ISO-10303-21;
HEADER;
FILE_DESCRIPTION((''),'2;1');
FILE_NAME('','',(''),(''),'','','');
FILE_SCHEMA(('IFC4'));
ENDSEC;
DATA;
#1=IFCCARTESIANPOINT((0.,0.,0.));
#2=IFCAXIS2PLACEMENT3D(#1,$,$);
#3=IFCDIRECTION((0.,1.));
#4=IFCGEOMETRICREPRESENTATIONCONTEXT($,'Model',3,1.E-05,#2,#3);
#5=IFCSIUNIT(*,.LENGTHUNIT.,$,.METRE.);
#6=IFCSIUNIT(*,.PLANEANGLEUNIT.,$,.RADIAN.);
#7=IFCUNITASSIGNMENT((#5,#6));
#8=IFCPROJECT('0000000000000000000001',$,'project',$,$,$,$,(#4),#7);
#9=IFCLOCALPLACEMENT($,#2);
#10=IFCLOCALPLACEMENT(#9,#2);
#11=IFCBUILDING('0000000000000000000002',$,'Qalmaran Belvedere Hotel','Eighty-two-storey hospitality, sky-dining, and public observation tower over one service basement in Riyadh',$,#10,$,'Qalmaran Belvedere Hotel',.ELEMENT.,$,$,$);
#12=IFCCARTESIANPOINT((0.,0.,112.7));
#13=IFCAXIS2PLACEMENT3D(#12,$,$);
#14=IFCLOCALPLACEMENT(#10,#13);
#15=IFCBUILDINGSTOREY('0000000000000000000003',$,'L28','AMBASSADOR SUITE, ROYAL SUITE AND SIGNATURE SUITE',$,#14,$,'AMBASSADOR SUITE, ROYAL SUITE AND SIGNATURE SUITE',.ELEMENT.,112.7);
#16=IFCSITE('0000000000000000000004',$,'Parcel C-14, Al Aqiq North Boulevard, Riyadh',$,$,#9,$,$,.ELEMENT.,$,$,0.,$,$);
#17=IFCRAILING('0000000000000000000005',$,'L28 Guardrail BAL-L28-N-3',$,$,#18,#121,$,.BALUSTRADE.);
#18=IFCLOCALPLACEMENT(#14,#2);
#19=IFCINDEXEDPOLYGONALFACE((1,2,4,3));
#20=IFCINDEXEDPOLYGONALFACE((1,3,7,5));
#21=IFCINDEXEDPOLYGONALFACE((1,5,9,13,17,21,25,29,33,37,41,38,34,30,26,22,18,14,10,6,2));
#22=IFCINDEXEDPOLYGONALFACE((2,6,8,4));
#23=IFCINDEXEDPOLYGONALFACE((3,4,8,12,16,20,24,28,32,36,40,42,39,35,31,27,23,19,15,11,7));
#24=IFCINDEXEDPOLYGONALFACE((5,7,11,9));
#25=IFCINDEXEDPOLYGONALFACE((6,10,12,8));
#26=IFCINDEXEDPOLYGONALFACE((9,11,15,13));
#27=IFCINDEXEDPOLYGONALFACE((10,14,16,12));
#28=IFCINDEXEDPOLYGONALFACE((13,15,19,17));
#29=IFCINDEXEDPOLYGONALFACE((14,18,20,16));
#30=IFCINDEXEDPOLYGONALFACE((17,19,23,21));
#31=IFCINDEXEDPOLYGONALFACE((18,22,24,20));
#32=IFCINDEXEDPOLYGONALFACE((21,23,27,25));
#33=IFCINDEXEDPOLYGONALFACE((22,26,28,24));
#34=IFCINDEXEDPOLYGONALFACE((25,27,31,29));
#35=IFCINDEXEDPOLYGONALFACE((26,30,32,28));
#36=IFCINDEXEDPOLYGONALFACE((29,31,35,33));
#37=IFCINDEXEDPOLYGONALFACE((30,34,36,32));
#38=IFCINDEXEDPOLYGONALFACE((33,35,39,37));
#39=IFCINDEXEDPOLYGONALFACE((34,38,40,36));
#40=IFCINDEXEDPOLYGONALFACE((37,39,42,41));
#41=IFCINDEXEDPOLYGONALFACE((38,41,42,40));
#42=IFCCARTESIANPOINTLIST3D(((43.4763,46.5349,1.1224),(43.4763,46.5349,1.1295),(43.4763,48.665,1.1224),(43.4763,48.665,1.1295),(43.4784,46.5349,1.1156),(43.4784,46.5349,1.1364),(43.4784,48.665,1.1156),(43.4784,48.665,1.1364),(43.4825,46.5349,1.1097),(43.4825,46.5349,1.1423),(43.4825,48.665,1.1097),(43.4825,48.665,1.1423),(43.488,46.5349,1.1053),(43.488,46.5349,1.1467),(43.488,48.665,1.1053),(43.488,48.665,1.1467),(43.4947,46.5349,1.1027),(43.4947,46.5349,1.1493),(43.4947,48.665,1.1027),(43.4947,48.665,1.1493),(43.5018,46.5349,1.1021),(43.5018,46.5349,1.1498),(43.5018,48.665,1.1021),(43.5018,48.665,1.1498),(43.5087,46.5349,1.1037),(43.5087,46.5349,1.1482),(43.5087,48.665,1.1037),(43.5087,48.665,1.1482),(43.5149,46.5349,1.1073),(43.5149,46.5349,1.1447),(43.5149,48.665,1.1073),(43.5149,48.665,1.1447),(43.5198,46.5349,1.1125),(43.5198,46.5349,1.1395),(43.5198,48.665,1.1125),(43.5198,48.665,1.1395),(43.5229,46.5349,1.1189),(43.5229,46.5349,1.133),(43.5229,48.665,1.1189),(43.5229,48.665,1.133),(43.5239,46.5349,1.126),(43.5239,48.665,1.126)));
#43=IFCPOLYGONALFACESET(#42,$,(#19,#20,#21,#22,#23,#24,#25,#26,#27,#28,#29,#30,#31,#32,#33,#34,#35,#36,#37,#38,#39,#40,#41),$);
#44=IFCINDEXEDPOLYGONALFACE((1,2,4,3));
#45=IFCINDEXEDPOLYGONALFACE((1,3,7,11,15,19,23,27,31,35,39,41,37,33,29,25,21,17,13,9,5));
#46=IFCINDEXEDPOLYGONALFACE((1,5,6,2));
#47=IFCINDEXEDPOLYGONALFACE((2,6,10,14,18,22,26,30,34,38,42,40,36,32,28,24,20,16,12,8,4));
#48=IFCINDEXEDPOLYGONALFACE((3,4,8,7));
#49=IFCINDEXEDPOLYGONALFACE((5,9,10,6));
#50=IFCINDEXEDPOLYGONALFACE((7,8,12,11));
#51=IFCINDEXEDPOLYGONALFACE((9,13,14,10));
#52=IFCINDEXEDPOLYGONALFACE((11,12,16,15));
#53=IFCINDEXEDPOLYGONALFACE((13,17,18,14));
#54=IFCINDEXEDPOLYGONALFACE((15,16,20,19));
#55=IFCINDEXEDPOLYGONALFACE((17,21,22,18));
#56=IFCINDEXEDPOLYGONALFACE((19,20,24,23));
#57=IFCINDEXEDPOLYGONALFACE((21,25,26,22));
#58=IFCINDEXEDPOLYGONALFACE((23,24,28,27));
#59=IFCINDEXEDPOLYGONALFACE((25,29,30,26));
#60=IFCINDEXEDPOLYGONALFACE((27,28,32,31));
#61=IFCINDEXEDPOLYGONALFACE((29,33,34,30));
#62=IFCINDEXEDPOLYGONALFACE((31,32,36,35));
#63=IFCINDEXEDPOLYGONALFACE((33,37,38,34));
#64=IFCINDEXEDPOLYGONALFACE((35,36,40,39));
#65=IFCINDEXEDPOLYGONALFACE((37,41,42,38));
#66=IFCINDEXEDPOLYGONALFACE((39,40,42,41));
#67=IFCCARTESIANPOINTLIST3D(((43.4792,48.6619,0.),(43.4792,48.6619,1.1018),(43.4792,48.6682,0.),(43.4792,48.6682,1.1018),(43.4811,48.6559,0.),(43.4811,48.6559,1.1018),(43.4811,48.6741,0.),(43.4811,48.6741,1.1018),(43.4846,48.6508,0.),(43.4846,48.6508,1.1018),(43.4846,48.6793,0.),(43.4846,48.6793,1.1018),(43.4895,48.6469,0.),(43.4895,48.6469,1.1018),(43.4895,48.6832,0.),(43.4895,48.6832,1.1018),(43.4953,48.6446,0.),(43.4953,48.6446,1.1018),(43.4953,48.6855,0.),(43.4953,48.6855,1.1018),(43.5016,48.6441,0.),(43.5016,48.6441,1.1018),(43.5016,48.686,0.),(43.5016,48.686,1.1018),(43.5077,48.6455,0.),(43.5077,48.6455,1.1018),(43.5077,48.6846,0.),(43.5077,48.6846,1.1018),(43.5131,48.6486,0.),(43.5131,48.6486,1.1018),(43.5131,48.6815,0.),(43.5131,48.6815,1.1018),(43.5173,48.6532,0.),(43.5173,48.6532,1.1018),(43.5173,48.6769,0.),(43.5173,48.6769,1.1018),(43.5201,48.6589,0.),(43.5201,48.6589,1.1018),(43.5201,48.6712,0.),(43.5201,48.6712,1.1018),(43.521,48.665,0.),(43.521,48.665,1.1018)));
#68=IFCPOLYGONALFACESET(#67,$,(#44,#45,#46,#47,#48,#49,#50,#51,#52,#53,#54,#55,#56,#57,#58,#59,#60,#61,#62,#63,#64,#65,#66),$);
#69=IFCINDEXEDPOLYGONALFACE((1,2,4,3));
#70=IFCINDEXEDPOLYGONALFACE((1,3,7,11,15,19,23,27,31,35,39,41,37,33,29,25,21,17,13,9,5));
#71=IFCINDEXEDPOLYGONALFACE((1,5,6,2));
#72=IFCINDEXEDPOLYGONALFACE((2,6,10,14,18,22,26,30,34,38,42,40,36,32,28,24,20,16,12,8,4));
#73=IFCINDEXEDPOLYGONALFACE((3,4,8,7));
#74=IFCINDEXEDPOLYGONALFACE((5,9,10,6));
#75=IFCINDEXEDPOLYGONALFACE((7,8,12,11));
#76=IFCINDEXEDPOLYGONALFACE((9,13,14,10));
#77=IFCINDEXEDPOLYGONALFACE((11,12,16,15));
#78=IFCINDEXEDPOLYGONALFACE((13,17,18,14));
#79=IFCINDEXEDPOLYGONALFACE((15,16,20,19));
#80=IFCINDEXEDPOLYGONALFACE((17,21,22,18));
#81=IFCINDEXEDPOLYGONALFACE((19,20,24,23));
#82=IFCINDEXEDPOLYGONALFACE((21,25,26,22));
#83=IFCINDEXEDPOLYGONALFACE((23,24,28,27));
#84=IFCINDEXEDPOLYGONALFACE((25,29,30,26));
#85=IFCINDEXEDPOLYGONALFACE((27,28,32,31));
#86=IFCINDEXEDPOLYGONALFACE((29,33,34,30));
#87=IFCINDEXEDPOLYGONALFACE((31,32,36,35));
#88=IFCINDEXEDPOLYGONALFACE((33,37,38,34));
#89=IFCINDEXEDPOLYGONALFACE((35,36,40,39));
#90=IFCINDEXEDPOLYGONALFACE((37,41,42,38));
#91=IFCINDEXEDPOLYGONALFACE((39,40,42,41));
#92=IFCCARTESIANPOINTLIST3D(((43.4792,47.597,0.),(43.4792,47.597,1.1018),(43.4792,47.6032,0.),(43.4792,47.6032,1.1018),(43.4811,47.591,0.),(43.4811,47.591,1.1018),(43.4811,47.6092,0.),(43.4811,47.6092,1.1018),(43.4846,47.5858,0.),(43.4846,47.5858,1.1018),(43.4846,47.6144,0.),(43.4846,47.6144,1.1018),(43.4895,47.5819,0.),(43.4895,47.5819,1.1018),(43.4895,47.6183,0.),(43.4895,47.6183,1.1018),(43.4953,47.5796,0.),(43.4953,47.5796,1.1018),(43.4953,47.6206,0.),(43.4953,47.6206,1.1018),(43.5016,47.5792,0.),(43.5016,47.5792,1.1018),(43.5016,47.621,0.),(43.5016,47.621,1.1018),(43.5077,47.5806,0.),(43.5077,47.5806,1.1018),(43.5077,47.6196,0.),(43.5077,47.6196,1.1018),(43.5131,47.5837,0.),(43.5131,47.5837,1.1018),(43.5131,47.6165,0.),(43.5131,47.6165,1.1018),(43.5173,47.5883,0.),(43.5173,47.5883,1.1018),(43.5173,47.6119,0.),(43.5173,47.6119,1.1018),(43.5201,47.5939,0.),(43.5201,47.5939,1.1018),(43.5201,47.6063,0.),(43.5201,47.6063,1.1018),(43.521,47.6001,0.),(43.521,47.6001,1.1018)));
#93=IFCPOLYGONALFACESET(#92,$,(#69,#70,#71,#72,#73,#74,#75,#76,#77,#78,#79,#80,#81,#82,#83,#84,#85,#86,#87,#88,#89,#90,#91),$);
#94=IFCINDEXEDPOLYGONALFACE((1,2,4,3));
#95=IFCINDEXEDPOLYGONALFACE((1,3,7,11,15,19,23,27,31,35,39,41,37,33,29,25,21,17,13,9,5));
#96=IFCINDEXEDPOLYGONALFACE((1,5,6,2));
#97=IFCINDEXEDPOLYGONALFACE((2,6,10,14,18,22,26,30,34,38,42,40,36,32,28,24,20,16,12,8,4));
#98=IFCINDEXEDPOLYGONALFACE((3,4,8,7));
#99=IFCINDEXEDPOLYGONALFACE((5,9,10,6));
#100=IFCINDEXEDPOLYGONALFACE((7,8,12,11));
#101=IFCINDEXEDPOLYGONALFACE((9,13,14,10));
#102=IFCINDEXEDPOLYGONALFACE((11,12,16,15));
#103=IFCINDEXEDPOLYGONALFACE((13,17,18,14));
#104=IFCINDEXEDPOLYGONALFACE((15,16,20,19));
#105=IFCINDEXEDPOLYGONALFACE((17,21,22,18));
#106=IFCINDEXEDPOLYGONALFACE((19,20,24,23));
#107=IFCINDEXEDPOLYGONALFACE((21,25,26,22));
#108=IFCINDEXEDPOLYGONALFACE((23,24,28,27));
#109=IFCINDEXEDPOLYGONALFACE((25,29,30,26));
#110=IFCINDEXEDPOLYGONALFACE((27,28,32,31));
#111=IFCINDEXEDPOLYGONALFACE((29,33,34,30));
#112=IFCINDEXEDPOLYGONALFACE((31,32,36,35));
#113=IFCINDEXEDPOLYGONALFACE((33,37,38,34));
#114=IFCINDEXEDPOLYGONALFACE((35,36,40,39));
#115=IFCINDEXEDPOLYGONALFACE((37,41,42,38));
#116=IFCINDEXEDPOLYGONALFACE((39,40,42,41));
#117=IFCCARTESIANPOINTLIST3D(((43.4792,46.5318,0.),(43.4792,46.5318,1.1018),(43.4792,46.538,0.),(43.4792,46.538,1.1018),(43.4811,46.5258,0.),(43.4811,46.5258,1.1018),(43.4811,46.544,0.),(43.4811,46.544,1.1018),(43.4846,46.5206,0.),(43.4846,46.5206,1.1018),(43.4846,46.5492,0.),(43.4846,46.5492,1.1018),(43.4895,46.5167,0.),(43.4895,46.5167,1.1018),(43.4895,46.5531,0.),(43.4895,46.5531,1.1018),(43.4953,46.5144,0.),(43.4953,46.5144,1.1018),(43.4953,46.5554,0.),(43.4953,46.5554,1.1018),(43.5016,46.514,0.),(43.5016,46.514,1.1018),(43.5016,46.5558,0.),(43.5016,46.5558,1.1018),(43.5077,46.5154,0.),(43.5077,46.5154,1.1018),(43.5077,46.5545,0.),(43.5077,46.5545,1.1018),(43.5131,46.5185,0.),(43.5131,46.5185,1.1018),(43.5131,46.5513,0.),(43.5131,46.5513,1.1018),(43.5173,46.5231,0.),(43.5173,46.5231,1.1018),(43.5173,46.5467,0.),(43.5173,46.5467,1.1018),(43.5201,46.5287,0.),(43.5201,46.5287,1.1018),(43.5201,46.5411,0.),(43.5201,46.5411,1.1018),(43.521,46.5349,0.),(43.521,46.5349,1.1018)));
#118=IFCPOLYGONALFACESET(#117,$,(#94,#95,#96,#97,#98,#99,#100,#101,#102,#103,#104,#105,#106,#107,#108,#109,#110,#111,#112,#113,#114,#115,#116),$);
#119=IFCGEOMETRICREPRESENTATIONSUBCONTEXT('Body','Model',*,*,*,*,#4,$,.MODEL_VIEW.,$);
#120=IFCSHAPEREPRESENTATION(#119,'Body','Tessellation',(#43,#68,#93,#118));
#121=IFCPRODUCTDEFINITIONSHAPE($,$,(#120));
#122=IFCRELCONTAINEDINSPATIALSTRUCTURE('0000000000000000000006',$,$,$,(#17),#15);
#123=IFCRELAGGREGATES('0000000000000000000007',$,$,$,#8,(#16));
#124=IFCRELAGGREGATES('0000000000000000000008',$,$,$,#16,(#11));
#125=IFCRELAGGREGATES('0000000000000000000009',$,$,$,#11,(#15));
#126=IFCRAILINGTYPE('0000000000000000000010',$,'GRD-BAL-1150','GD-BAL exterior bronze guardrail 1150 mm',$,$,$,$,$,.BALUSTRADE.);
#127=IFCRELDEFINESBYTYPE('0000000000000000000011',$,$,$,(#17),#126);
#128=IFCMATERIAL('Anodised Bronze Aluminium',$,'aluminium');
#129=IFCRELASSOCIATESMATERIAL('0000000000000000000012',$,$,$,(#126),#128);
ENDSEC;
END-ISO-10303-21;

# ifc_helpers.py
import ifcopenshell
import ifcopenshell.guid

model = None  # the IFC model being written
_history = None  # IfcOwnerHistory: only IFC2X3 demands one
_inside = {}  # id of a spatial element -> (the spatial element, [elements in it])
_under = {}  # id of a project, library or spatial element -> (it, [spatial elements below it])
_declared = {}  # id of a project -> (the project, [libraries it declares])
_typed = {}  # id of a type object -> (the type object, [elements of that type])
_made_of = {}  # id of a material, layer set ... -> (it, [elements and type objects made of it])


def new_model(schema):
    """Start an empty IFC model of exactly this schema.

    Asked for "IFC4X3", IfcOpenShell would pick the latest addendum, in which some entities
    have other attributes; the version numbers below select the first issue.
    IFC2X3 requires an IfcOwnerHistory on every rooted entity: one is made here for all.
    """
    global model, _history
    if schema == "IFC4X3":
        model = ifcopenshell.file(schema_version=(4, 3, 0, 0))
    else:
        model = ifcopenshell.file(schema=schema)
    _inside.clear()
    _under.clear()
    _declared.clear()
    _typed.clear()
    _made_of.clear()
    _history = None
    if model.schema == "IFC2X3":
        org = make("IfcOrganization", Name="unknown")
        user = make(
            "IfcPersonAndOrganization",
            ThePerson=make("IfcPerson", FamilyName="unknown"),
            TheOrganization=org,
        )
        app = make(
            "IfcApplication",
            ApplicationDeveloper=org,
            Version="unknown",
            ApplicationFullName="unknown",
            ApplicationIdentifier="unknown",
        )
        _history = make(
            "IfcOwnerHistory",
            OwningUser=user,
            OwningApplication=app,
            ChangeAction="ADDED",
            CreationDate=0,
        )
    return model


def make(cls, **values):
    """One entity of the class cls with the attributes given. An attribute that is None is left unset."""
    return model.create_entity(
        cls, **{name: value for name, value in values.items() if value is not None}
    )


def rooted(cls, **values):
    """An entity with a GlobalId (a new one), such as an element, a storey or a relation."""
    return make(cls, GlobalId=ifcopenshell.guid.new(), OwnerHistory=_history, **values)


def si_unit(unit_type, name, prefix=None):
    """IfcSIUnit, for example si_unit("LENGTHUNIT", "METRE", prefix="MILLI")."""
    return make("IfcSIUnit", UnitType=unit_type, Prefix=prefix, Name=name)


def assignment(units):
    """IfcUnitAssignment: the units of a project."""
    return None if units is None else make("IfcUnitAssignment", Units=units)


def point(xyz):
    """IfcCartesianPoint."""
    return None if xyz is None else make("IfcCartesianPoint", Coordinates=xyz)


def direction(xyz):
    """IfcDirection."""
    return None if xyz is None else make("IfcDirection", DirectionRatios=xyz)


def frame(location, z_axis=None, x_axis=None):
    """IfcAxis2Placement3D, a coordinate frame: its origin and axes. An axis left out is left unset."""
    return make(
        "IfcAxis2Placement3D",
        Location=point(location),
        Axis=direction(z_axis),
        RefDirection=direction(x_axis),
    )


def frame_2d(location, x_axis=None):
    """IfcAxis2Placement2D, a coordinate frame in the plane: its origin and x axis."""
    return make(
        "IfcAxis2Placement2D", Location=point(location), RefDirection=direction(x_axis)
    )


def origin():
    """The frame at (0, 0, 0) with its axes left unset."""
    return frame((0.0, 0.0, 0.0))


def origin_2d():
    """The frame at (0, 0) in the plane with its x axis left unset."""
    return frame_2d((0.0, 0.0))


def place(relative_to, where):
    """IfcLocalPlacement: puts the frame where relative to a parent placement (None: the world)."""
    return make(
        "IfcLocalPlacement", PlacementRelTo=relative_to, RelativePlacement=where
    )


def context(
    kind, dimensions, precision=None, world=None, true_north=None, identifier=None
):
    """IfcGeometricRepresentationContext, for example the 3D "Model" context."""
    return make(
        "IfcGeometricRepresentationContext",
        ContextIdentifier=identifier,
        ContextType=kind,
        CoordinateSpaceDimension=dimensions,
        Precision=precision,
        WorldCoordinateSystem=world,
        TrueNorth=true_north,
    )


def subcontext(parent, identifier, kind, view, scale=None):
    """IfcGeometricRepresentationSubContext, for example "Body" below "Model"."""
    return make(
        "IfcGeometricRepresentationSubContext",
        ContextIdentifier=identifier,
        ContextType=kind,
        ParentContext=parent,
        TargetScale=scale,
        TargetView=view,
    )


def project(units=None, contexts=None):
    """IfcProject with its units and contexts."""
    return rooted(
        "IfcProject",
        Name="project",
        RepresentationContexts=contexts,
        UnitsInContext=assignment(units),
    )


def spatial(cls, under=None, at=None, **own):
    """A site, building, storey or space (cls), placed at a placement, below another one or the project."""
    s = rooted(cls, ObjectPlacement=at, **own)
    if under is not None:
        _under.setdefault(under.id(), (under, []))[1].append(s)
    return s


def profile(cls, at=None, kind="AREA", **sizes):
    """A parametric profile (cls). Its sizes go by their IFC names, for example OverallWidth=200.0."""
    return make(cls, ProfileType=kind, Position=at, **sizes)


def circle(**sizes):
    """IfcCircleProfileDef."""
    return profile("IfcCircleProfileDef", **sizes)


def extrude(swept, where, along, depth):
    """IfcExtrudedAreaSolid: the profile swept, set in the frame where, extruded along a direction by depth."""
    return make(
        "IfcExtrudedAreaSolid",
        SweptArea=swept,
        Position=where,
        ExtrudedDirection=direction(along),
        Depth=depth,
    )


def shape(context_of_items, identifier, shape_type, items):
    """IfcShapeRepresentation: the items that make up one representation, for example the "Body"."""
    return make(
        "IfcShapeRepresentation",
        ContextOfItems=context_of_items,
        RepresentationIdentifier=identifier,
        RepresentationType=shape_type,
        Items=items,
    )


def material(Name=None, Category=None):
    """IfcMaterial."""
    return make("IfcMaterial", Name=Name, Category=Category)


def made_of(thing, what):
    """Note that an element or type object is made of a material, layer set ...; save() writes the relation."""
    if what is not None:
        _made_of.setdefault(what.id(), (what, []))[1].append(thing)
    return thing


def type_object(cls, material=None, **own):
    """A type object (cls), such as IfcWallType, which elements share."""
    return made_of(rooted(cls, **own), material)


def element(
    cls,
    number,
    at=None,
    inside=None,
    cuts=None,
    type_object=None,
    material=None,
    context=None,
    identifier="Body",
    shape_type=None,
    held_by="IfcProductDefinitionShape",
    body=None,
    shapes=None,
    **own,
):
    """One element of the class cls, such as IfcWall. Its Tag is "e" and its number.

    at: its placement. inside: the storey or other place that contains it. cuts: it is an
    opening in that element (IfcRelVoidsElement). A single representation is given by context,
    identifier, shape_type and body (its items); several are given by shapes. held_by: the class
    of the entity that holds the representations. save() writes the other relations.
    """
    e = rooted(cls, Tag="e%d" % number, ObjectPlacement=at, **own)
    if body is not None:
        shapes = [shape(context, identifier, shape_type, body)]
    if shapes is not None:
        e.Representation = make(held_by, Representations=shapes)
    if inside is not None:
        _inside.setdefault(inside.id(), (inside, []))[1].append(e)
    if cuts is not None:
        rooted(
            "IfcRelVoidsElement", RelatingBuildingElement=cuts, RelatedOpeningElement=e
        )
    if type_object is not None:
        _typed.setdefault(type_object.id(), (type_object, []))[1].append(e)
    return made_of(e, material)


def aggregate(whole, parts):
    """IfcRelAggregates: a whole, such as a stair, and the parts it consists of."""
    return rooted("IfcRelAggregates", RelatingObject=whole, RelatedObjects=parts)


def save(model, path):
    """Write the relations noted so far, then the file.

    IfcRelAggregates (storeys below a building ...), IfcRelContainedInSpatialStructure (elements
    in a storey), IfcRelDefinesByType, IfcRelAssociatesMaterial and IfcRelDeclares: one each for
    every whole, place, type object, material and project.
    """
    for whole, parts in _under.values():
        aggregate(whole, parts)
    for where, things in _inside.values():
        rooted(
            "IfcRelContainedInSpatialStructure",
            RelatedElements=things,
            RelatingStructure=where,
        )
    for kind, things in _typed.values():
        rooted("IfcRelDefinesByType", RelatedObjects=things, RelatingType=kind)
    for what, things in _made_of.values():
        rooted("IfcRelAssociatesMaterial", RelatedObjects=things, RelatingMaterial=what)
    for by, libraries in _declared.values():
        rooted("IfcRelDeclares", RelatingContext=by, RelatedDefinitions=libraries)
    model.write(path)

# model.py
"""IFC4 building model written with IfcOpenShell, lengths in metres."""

from ifc_helpers import new_model, si_unit, direction, frame, origin, origin_2d, place, context, subcontext, project, spatial, circle, extrude, material, type_object, element, save


model = new_model("IFC4")

# Units and contexts
model_context = context("Model", 3, precision=1e-05, world=origin(), true_north=direction((0.0, 1.0)))
body_context = subcontext(model_context, "Body", "Model", "MODEL_VIEW")
ifc_project = project(units=[si_unit("LENGTHUNIT", "METRE"), si_unit("PLANEANGLEUNIT", "RADIAN")], contexts=[model_context])

# Site, building, storey
site_placement = place(None, origin())
site = spatial("IfcSite", under=ifc_project, at=site_placement, Name="Parcel C-14, Al Aqiq North Boulevard, Riyadh", CompositionType="ELEMENT", RefElevation=0.0)
building_placement = place(site_placement, origin())
building = spatial("IfcBuilding", under=site, at=building_placement, Name="Qalmaran Belvedere Hotel", Description="Eighty-two-storey hospitality, sky-dining, and public observation tower over one service basement in Riyadh", LongName="Qalmaran Belvedere Hotel", CompositionType="ELEMENT")
storey_placement = place(building_placement, frame((0.0, 0.0, 112.7)))
storey = spatial("IfcBuildingStorey", under=building, at=storey_placement, Name="L28", Description="AMBASSADOR SUITE, ROYAL SUITE AND SIGNATURE SUITE", LongName="AMBASSADOR SUITE, ROYAL SUITE AND SIGNATURE SUITE", CompositionType="ELEMENT", Elevation=112.7)

# Shared definitions
ifc_material_1 = material(Name="Anodised Bronze Aluminium", Category="aluminium")

# Railing
railing_type = type_object("IfcRailingType", Name="GRD-BAL-1150", Description="GD-BAL exterior bronze guardrail 1150 mm", PredefinedType="BALUSTRADE", material=ifc_material_1)
railing_1_placement = place(storey_placement, frame((43.5, 48.665, 0.0)))
element("IfcRailing", 1, at=railing_1_placement, inside=storey, type_object=railing_type, Name="L28 Guardrail BAL-L28-N-3", PredefinedType="BALUSTRADE", context=body_context, shape_type="SweptSolid", body=[
    extrude(circle(Radius=0.0239, at=origin_2d()), frame((0.0, 0.0, 1.126), z_axis=(0.0, -1.0, 0.0), x_axis=(1.0, 0.0, 0.0)), (0.0, 0.0, 1.0), 2.1301),
    extrude(circle(Radius=0.021, at=origin_2d()), origin(), (0.0, 0.0, 1.0), 1.1018),
    extrude(circle(Radius=0.021, at=origin_2d()), frame((0.0, -1.0649, 0.0)), (0.0, 0.0, 1.0), 1.1018),
    extrude(circle(Radius=0.021, at=origin_2d()), frame((0.0, -2.1301, 0.0)), (0.0, 0.0, 1.0), 1.1018),
])

save(model, "model.ifc")
